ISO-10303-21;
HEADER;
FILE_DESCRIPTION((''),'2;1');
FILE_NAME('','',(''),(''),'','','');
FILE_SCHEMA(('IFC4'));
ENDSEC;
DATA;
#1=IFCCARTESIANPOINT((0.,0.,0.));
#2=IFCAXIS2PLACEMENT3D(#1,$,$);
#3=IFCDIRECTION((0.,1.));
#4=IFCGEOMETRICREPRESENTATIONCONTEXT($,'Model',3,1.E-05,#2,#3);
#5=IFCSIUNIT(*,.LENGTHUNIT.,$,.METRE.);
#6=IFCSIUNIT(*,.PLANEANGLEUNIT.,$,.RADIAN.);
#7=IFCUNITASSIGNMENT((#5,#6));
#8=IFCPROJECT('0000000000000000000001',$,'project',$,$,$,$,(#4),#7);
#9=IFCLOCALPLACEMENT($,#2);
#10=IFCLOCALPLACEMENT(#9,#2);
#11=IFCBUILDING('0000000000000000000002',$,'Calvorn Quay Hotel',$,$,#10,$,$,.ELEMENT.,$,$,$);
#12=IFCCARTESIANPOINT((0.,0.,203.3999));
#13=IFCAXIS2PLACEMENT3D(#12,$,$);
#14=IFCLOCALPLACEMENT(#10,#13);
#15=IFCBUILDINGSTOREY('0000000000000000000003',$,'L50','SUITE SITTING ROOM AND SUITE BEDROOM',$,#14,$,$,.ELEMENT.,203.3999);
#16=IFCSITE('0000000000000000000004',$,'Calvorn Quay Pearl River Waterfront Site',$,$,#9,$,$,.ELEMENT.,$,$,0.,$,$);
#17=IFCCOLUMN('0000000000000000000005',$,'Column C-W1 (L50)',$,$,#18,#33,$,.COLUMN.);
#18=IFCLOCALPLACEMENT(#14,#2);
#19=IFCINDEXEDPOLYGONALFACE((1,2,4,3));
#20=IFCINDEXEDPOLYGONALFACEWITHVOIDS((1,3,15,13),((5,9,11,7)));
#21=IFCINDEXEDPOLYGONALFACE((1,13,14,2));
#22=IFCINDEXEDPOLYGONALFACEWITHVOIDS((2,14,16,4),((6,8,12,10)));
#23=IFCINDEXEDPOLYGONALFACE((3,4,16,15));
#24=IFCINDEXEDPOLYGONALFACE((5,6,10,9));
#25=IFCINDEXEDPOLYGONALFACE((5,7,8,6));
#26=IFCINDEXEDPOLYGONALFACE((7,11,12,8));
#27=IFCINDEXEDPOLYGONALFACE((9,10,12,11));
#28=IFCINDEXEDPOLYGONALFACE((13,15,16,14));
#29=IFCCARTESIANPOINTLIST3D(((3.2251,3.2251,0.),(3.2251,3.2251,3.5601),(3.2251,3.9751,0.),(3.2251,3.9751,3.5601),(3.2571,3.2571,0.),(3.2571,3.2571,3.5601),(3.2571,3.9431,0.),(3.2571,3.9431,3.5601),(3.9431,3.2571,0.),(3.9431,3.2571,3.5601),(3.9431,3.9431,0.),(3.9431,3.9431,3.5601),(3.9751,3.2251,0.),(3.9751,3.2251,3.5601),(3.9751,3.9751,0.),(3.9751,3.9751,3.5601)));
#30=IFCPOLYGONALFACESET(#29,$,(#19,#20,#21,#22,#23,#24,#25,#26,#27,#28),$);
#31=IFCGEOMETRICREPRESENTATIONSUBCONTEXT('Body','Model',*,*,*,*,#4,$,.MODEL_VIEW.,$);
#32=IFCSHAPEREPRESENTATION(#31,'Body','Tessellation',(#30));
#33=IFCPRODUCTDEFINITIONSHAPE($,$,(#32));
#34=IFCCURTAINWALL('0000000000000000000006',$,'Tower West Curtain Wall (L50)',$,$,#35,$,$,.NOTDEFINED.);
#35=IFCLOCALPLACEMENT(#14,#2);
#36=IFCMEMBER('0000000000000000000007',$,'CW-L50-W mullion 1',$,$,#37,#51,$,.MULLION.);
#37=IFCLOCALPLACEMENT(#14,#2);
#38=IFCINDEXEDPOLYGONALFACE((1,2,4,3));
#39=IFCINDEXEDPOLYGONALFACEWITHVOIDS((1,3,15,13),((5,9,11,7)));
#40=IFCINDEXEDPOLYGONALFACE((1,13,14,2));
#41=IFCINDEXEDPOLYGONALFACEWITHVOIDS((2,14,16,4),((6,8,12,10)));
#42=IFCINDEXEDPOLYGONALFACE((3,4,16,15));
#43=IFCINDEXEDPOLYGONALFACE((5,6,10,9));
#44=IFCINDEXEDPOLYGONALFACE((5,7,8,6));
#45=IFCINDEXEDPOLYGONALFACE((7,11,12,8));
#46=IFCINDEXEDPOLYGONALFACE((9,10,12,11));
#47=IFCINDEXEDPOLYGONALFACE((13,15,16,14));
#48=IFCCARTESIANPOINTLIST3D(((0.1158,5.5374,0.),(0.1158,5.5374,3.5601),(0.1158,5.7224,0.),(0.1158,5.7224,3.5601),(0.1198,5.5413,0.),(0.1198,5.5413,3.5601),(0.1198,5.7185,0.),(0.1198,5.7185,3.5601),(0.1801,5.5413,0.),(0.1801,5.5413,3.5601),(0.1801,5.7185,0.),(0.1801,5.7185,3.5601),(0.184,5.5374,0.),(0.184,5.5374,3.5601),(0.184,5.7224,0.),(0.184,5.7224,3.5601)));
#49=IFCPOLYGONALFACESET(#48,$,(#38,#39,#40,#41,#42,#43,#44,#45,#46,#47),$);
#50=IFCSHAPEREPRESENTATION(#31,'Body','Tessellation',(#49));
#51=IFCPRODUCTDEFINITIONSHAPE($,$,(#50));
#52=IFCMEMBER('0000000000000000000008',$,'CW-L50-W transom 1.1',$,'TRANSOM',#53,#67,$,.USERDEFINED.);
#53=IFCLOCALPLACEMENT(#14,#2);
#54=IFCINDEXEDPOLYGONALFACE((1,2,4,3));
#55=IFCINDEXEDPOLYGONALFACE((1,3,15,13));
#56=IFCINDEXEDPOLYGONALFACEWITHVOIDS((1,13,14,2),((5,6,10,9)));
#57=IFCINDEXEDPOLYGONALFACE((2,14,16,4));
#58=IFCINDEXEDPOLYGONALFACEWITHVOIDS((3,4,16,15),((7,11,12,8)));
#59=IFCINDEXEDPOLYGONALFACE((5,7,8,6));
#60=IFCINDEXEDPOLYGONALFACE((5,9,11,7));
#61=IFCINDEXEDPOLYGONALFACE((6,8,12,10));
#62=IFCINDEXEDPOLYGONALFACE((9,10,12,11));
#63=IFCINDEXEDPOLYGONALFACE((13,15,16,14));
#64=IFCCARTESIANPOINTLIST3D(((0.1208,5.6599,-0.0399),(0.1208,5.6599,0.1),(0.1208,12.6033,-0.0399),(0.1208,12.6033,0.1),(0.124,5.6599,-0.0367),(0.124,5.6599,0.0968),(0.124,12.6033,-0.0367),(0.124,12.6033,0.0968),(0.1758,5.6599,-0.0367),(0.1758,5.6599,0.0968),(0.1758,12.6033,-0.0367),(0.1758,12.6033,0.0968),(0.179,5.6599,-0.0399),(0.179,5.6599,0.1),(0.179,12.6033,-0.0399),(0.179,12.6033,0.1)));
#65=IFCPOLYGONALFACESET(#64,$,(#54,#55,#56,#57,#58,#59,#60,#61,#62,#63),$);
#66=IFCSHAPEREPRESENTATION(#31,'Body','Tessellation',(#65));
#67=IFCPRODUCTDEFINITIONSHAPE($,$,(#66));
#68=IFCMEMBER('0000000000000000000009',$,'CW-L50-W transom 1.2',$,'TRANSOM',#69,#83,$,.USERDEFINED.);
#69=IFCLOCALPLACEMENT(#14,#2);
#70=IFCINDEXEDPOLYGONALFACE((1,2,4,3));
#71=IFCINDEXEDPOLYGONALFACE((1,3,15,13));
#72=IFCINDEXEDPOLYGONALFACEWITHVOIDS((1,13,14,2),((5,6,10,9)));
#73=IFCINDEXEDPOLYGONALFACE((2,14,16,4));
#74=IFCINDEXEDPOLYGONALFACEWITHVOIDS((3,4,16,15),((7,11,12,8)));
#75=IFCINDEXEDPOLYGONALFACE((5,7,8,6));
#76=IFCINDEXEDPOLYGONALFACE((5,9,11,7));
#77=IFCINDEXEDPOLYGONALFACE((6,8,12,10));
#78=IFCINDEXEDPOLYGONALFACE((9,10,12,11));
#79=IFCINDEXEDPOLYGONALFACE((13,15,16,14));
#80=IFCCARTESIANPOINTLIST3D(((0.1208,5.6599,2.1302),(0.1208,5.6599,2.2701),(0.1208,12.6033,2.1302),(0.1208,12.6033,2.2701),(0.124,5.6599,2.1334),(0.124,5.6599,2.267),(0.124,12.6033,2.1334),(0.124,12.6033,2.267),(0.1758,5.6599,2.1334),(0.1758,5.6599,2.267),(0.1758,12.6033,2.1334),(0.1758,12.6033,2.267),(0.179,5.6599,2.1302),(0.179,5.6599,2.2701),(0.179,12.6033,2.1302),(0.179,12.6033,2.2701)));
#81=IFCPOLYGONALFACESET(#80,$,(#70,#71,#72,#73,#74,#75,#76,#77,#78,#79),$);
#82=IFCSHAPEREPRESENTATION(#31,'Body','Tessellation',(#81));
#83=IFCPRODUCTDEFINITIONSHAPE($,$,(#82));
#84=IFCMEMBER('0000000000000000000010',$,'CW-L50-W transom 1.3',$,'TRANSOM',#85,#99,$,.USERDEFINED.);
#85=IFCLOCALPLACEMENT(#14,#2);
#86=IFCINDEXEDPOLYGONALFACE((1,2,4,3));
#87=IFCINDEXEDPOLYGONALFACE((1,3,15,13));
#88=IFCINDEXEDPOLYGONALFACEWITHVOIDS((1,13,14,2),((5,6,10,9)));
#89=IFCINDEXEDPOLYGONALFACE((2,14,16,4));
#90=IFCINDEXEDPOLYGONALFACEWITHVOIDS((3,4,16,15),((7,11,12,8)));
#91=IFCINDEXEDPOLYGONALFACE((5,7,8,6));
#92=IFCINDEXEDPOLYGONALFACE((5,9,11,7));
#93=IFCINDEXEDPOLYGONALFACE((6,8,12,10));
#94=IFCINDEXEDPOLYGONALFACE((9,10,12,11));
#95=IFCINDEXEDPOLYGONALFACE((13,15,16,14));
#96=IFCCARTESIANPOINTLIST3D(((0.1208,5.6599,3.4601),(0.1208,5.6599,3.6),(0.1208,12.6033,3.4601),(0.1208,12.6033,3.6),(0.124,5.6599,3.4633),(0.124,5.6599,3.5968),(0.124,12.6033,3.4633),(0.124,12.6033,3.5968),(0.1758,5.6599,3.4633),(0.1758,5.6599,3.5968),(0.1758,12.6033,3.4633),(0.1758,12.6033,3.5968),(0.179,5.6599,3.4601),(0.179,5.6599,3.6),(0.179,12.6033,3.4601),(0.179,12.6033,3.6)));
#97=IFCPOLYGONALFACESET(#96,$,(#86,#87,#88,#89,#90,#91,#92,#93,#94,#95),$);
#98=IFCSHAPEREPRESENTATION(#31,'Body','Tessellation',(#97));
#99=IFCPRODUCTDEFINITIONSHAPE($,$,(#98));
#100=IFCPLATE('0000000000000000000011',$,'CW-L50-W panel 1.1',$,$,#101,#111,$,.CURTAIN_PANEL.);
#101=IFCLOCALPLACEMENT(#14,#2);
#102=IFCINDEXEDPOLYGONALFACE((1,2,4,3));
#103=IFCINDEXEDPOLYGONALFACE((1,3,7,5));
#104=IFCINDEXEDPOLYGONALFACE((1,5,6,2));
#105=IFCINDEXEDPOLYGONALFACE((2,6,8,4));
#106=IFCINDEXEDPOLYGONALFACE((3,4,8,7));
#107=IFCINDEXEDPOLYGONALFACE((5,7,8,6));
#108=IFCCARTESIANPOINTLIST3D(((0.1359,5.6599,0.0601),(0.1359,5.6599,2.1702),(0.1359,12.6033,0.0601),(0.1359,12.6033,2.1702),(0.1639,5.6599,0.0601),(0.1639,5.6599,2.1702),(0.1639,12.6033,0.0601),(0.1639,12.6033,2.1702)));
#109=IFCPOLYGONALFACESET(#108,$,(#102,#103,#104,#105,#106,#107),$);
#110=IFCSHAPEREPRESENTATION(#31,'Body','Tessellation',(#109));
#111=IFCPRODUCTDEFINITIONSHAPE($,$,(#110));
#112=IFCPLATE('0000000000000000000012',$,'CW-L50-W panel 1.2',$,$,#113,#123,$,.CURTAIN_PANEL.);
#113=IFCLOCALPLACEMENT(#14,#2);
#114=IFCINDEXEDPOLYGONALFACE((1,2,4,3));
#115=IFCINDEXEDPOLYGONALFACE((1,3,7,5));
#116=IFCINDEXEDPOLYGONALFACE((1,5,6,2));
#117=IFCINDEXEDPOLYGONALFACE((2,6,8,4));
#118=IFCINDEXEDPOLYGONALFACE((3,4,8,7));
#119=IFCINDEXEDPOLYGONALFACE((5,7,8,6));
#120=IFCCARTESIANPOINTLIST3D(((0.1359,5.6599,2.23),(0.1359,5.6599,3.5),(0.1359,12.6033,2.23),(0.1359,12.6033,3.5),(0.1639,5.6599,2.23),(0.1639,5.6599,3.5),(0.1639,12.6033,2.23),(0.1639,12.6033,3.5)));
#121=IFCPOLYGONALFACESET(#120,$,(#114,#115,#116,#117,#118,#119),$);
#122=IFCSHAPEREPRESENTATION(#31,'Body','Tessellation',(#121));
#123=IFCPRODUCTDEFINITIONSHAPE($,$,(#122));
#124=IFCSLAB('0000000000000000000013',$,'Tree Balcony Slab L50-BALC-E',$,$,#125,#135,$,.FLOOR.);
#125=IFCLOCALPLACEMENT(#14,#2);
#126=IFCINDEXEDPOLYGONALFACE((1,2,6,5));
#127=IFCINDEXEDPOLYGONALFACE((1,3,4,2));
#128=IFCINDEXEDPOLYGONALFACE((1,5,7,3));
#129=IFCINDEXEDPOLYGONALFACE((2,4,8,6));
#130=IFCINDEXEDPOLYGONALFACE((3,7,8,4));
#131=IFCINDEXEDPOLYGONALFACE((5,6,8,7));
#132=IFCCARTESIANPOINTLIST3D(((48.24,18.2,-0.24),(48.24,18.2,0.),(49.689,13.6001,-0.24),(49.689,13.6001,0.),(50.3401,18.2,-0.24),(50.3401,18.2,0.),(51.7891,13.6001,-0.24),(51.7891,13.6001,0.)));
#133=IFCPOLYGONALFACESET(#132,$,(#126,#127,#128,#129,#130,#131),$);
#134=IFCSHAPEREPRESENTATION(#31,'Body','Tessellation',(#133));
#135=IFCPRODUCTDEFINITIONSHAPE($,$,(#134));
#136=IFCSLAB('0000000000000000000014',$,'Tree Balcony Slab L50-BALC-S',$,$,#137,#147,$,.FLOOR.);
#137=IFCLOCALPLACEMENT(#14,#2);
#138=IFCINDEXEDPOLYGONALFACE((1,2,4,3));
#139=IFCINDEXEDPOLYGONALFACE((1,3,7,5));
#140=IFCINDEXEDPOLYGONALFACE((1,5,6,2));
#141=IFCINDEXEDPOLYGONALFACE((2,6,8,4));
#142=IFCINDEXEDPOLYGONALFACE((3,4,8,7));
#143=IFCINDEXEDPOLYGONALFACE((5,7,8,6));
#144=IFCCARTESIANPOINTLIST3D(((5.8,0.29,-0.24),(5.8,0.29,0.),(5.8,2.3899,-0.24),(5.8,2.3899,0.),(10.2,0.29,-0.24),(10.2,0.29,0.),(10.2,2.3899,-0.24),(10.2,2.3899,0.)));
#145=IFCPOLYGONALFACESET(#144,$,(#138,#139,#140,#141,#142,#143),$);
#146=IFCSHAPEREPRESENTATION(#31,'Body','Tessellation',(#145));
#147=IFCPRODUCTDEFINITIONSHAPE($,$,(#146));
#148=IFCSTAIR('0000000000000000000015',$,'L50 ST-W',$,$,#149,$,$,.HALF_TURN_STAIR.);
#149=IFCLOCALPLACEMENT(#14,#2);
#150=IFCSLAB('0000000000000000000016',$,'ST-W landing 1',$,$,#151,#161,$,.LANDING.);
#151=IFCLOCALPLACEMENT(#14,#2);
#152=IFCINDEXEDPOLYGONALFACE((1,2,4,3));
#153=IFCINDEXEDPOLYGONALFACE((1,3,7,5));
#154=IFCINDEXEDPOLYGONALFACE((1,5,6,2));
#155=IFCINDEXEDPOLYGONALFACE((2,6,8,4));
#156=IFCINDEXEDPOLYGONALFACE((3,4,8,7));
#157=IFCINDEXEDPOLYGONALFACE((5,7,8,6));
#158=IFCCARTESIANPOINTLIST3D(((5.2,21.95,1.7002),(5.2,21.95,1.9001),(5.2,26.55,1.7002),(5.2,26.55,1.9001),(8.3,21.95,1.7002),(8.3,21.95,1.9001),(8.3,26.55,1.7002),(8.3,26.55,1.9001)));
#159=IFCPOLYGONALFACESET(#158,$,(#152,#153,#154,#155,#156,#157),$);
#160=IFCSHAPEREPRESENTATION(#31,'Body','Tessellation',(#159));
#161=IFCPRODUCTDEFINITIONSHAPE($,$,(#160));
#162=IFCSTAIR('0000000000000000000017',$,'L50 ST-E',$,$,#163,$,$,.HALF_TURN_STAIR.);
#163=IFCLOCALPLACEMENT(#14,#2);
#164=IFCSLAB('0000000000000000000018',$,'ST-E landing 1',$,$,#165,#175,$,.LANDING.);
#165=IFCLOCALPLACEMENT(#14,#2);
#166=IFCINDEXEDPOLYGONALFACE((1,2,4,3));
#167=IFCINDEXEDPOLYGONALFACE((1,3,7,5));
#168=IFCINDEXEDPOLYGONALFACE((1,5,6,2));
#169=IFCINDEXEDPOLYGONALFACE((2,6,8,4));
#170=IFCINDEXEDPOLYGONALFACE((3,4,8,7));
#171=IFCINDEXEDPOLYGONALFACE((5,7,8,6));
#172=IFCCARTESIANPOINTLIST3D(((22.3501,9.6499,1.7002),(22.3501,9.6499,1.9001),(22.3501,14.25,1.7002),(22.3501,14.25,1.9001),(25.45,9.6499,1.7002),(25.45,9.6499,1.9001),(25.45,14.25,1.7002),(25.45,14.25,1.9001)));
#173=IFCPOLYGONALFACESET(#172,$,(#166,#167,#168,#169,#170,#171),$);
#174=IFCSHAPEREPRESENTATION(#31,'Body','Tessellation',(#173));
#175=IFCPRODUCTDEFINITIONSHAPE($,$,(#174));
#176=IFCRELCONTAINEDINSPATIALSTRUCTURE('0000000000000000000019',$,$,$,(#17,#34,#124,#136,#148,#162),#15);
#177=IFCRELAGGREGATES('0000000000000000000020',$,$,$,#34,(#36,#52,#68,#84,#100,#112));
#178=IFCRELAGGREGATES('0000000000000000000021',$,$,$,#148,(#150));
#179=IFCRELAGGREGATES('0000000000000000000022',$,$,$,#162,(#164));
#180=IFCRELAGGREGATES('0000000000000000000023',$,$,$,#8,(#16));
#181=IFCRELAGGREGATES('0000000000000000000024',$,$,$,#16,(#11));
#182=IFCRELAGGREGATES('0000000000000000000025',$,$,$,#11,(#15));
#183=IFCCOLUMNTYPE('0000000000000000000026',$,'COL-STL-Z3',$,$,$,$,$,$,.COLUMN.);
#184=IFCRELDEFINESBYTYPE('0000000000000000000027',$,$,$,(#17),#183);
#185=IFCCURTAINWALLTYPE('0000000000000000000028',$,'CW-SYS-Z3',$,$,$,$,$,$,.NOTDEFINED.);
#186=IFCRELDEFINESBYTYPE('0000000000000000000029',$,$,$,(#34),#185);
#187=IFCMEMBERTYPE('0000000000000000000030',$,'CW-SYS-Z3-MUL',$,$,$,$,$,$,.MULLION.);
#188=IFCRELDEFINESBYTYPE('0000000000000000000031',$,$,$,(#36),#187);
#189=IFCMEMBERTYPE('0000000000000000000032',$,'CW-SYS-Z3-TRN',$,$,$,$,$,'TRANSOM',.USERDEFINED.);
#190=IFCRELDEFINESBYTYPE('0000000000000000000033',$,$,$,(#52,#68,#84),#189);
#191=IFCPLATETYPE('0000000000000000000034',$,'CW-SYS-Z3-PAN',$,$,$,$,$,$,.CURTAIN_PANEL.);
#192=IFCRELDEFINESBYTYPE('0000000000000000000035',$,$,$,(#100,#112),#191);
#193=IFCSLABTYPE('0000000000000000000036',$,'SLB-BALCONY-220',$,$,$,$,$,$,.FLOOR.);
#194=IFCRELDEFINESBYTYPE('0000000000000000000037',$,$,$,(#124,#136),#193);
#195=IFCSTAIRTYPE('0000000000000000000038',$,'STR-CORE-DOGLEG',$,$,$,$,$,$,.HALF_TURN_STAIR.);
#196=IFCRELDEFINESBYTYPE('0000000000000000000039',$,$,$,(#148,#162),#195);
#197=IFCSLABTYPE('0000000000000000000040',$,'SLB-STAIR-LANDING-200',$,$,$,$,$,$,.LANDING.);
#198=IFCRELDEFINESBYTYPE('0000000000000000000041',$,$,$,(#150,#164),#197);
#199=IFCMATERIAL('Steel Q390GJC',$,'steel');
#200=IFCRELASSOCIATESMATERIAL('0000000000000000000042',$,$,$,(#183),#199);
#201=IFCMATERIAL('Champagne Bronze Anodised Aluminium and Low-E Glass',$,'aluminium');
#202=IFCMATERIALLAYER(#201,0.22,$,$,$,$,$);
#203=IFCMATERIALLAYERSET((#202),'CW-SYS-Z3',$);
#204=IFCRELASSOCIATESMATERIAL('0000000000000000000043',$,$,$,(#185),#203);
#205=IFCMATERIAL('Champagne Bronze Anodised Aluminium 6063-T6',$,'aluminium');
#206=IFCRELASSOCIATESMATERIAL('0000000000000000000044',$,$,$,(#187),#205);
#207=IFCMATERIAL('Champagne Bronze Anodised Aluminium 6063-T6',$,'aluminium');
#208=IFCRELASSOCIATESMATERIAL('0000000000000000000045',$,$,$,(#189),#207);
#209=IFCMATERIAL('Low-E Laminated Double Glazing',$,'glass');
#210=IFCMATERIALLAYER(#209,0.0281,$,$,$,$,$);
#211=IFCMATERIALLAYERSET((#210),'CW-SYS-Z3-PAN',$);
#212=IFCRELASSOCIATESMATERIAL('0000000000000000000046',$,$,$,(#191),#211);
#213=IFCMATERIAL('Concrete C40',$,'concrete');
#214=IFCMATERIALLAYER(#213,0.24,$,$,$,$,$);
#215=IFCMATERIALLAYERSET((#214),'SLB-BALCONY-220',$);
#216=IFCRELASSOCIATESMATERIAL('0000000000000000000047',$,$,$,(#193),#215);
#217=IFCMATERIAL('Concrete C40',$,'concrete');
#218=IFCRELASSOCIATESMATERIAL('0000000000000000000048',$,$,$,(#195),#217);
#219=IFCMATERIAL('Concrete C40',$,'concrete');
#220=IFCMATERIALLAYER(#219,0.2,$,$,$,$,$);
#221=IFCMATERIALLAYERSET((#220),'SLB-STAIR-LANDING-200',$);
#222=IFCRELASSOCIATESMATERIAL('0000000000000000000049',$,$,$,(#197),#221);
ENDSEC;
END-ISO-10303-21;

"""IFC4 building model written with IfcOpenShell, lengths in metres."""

from ifc_helpers import new_model, si_unit, direction, frame, origin, origin_2d, place, context, subcontext, project, spatial, polyline, rectangle, hollow_rectangle, outline, extrude, material, layer, layer_set, material_profile, profile_set, type_object, element, aggregate, save


model = new_model("IFC4")

# Units and contexts
model_context = context("Model", 3, precision=1e-05, world=origin(), true_north=direction((0.0, 1.0)))
body_context = subcontext(model_context, "Body", "Model", "MODEL_VIEW")
ifc_project = project(units=[si_unit("LENGTHUNIT", "METRE"), si_unit("PLANEANGLEUNIT", "RADIAN")], contexts=[model_context])

# Site, building, storey
site_placement = place(None, origin())
site = spatial("IfcSite", under=ifc_project, at=site_placement, Name="Calvorn Quay Pearl River Waterfront Site", CompositionType="ELEMENT", RefElevation=0.0)
building_placement = place(site_placement, origin())
building = spatial("IfcBuilding", under=site, at=building_placement, Name="Calvorn Quay Hotel", CompositionType="ELEMENT")
storey_placement = place(building_placement, frame((0.0, 0.0, 203.3999)))
storey = spatial("IfcBuildingStorey", under=building, at=storey_placement, Name="L50", Description="SUITE SITTING ROOM AND SUITE BEDROOM", CompositionType="ELEMENT", Elevation=203.3999)

# Column
ifc_material_1 = material(Name="Steel Q390GJC", Category="steel")
ifc_material_profile_1 = material_profile(ifc_material_1, hollow_rectangle(XDim=0.75, YDim=0.75, WallThickness=0.032, at=origin_2d()), Name="BOX750x750x32")
ifc_profile_set_1 = profile_set([ifc_material_profile_1], Name="Steel Q390GJC")
column_type = type_object("IfcColumnType", Name="COL-STL-Z3", PredefinedType="COLUMN", material=ifc_profile_set_1)
column_placement = place(storey_placement, frame((3.6001, 3.6001, 0.0), z_axis=(0.0, 0.0, 1.0), x_axis=(1.0, 0.0, 0.0)))
element("IfcColumn", 1, at=column_placement, inside=storey, type_object=column_type, Name="Column C-W1 (L50)", PredefinedType="COLUMN", context=body_context, shape_type="SweptSolid", body=[
    extrude(hollow_rectangle(XDim=0.75, YDim=0.75, WallThickness=0.032, at=origin_2d()), origin(), (0.0, 0.0, 1.0), 3.5601),
])

# Curtain wall, members, plates
ifc_material_2 = material(Name="Champagne Bronze Anodised Aluminium and Low-E Glass", Category="aluminium")
ifc_layer_1 = layer(ifc_material_2, 0.22)
ifc_layer_set_1 = layer_set([ifc_layer_1], Name="CW-SYS-Z3")
curtain_wall_type = type_object("IfcCurtainWallType", Name="CW-SYS-Z3", PredefinedType="NOTDEFINED", material=ifc_layer_set_1)
curtain_wall_placement = place(storey_placement, origin())
curtain_wall = element("IfcCurtainWall", 2, at=curtain_wall_placement, inside=storey, type_object=curtain_wall_type, Name="Tower West Curtain Wall (L50)", PredefinedType="NOTDEFINED")
ifc_material_3 = material(Name="Champagne Bronze Anodised Aluminium 6063-T6", Category="aluminium")
ifc_material_profile_2 = material_profile(ifc_material_3, hollow_rectangle(XDim=0.0681, YDim=0.1851, WallThickness=0.0039, at=origin_2d()), Name="ALU-M185x68x4")
ifc_profile_set_2 = profile_set([ifc_material_profile_2], Name="Champagne Bronze Anodised Aluminium 6063-T6")
member_type_1 = type_object("IfcMemberType", Name="CW-SYS-Z3-MUL", PredefinedType="MULLION", material=ifc_profile_set_2)
member_1_placement = place(storey_placement, frame((0.1499, 5.6299, 0.0), z_axis=(0.0, 0.0, 1.0), x_axis=(-1.0, 0.0, 0.0)))
member_1 = element("IfcMember", 3, at=member_1_placement, type_object=member_type_1, Name="CW-L50-W mullion 1", PredefinedType="MULLION", context=body_context, shape_type="SweptSolid", body=[
    extrude(hollow_rectangle(XDim=0.0681, YDim=0.1851, WallThickness=0.0039, at=origin_2d()), origin(), (0.0, 0.0, 1.0), 3.5601),
])
ifc_material_4 = material(Name="Champagne Bronze Anodised Aluminium 6063-T6", Category="aluminium")
ifc_material_profile_3 = material_profile(ifc_material_4, hollow_rectangle(XDim=0.0581, YDim=0.1399, WallThickness=0.0032, at=origin_2d()), Name="ALU-T140x58x3.2")
ifc_profile_set_3 = profile_set([ifc_material_profile_3], Name="Champagne Bronze Anodised Aluminium 6063-T6")
member_type_2 = type_object("IfcMemberType", Name="CW-SYS-Z3-TRN", ElementType="TRANSOM", PredefinedType="USERDEFINED", material=ifc_profile_set_3)
member_2_placement = place(storey_placement, frame((0.1499, 5.6599, 0.03), z_axis=(0.0, 1.0, 0.0), x_axis=(-1.0, 0.0, 0.0)))
member_2 = element("IfcMember", 4, at=member_2_placement, type_object=member_type_2, Name="CW-L50-W transom 1.1", ObjectType="TRANSOM", PredefinedType="USERDEFINED", context=body_context, shape_type="SweptSolid", body=[
    extrude(hollow_rectangle(XDim=0.0581, YDim=0.1399, WallThickness=0.0032, at=origin_2d()), origin(), (0.0, 0.0, 1.0), 6.9434),
])
member_3_placement = place(storey_placement, frame((0.1499, 5.6599, 2.2002), z_axis=(0.0, 1.0, 0.0), x_axis=(-1.0, 0.0, 0.0)))
member_3 = element("IfcMember", 5, at=member_3_placement, type_object=member_type_2, Name="CW-L50-W transom 1.2", ObjectType="TRANSOM", PredefinedType="USERDEFINED", context=body_context, shape_type="SweptSolid", body=[
    extrude(hollow_rectangle(XDim=0.0581, YDim=0.1399, WallThickness=0.0032, at=origin_2d()), origin(), (0.0, 0.0, 1.0), 6.9434),
])
member_4_placement = place(storey_placement, frame((0.1499, 5.6599, 3.53), z_axis=(0.0, 1.0, 0.0), x_axis=(-1.0, 0.0, 0.0)))
member_4 = element("IfcMember", 6, at=member_4_placement, type_object=member_type_2, Name="CW-L50-W transom 1.3", ObjectType="TRANSOM", PredefinedType="USERDEFINED", context=body_context, shape_type="SweptSolid", body=[
    extrude(hollow_rectangle(XDim=0.0581, YDim=0.1399, WallThickness=0.0032, at=origin_2d()), origin(), (0.0, 0.0, 1.0), 6.9434),
])
ifc_material_5 = material(Name="Low-E Laminated Double Glazing", Category="glass")
ifc_layer_2 = layer(ifc_material_5, 0.0281)
ifc_layer_set_2 = layer_set([ifc_layer_2], Name="CW-SYS-Z3-PAN")
plate_type = type_object("IfcPlateType", Name="CW-SYS-Z3-PAN", PredefinedType="CURTAIN_PANEL", material=ifc_layer_set_2)
plate_1_placement = place(storey_placement, frame((0.1499, 9.1316, 0.0601), z_axis=(0.0, 0.0, 1.0), x_axis=(0.0, 1.0, 0.0)))
plate_1 = element("IfcPlate", 7, at=plate_1_placement, type_object=plate_type, Name="CW-L50-W panel 1.1", PredefinedType="CURTAIN_PANEL", context=body_context, shape_type="SweptSolid", body=[
    extrude(rectangle(XDim=6.9434, YDim=0.0281, at=origin_2d()), origin(), (0.0, 0.0, 1.0), 2.1101),
])
plate_2_placement = place(storey_placement, frame((0.1499, 9.1316, 2.23), z_axis=(0.0, 0.0, 1.0), x_axis=(0.0, 1.0, 0.0)))
plate_2 = element("IfcPlate", 8, at=plate_2_placement, type_object=plate_type, Name="CW-L50-W panel 1.2", PredefinedType="CURTAIN_PANEL", context=body_context, shape_type="SweptSolid", body=[
    extrude(rectangle(XDim=6.9434, YDim=0.0281, at=origin_2d()), origin(), (0.0, 0.0, 1.0), 1.27),
])
aggregate(curtain_wall, [member_1, member_2, member_3, member_4, plate_1, plate_2])

# Slabs
ifc_material_6 = material(Name="Concrete C40", Category="concrete")
ifc_layer_3 = layer(ifc_material_6, 0.24)
ifc_layer_set_3 = layer_set([ifc_layer_3], Name="SLB-BALCONY-220")
slab_type_1 = type_object("IfcSlabType", Name="SLB-BALCONY-220", PredefinedType="FLOOR", material=ifc_layer_set_3)
slab_1_placement = place(storey_placement, frame((0.0, 0.0, -0.24)))
element("IfcSlab", 9, at=slab_1_placement, inside=storey, type_object=slab_type_1, Name="Tree Balcony Slab L50-BALC-E", PredefinedType="FLOOR", context=body_context, shape_type="SweptSolid", body=[
    extrude(outline(polyline([(49.689, 13.6001), (51.7891, 13.6001), (50.3401, 18.2), (48.24, 18.2), (49.689, 13.6001)])), origin(), (0.0, 0.0, 1.0), 0.24),
])
slab_2_placement = place(storey_placement, frame((0.0, 0.0, -0.24)))
element("IfcSlab", 10, at=slab_2_placement, inside=storey, type_object=slab_type_1, Name="Tree Balcony Slab L50-BALC-S", PredefinedType="FLOOR", context=body_context, shape_type="SweptSolid", body=[
    extrude(outline(polyline([(5.8, 0.29), (10.2, 0.29), (10.2, 2.3899), (5.8, 2.3899), (5.8, 0.29)])), origin(), (0.0, 0.0, 1.0), 0.24),
])

# Stairs, slabs
ifc_material_7 = material(Name="Concrete C40", Category="concrete")
stair_type = type_object("IfcStairType", Name="STR-CORE-DOGLEG", PredefinedType="HALF_TURN_STAIR", material=ifc_material_7)
stair_1_placement = place(storey_placement, origin())
stair_1 = element("IfcStair", 11, at=stair_1_placement, inside=storey, type_object=stair_type, Name="L50 ST-W", PredefinedType="HALF_TURN_STAIR")
ifc_material_8 = material(Name="Concrete C40", Category="concrete")
ifc_layer_4 = layer(ifc_material_8, 0.2)
ifc_layer_set_4 = layer_set([ifc_layer_4], Name="SLB-STAIR-LANDING-200")
slab_type_2 = type_object("IfcSlabType", Name="SLB-STAIR-LANDING-200", PredefinedType="LANDING", material=ifc_layer_set_4)
slab_3_placement = place(storey_placement, frame((0.0, 0.0, 1.7002)))
slab_3 = element("IfcSlab", 12, at=slab_3_placement, type_object=slab_type_2, Name="ST-W landing 1", PredefinedType="LANDING", context=body_context, shape_type="SweptSolid", body=[
    extrude(outline(polyline([(8.3, 21.95), (8.3, 26.55), (5.2, 26.55), (5.2, 21.95), (8.3, 21.95)])), origin(), (0.0, 0.0, 1.0), 0.2),
])
aggregate(stair_1, [slab_3])
stair_2_placement = place(storey_placement, origin())
stair_2 = element("IfcStair", 13, at=stair_2_placement, inside=storey, type_object=stair_type, Name="L50 ST-E", PredefinedType="HALF_TURN_STAIR")
slab_4_placement = place(storey_placement, frame((0.0, 0.0, 1.7002)))
slab_4 = element("IfcSlab", 14, at=slab_4_placement, type_object=slab_type_2, Name="ST-E landing 1", PredefinedType="LANDING", context=body_context, shape_type="SweptSolid", body=[
    extrude(outline(polyline([(25.45, 9.6499), (25.45, 14.25), (22.3501, 14.25), (22.3501, 9.6499), (25.45, 9.6499)])), origin(), (0.0, 0.0, 1.0), 0.2),
])
aggregate(stair_2, [slab_4])

save(model, "model.ifc")
